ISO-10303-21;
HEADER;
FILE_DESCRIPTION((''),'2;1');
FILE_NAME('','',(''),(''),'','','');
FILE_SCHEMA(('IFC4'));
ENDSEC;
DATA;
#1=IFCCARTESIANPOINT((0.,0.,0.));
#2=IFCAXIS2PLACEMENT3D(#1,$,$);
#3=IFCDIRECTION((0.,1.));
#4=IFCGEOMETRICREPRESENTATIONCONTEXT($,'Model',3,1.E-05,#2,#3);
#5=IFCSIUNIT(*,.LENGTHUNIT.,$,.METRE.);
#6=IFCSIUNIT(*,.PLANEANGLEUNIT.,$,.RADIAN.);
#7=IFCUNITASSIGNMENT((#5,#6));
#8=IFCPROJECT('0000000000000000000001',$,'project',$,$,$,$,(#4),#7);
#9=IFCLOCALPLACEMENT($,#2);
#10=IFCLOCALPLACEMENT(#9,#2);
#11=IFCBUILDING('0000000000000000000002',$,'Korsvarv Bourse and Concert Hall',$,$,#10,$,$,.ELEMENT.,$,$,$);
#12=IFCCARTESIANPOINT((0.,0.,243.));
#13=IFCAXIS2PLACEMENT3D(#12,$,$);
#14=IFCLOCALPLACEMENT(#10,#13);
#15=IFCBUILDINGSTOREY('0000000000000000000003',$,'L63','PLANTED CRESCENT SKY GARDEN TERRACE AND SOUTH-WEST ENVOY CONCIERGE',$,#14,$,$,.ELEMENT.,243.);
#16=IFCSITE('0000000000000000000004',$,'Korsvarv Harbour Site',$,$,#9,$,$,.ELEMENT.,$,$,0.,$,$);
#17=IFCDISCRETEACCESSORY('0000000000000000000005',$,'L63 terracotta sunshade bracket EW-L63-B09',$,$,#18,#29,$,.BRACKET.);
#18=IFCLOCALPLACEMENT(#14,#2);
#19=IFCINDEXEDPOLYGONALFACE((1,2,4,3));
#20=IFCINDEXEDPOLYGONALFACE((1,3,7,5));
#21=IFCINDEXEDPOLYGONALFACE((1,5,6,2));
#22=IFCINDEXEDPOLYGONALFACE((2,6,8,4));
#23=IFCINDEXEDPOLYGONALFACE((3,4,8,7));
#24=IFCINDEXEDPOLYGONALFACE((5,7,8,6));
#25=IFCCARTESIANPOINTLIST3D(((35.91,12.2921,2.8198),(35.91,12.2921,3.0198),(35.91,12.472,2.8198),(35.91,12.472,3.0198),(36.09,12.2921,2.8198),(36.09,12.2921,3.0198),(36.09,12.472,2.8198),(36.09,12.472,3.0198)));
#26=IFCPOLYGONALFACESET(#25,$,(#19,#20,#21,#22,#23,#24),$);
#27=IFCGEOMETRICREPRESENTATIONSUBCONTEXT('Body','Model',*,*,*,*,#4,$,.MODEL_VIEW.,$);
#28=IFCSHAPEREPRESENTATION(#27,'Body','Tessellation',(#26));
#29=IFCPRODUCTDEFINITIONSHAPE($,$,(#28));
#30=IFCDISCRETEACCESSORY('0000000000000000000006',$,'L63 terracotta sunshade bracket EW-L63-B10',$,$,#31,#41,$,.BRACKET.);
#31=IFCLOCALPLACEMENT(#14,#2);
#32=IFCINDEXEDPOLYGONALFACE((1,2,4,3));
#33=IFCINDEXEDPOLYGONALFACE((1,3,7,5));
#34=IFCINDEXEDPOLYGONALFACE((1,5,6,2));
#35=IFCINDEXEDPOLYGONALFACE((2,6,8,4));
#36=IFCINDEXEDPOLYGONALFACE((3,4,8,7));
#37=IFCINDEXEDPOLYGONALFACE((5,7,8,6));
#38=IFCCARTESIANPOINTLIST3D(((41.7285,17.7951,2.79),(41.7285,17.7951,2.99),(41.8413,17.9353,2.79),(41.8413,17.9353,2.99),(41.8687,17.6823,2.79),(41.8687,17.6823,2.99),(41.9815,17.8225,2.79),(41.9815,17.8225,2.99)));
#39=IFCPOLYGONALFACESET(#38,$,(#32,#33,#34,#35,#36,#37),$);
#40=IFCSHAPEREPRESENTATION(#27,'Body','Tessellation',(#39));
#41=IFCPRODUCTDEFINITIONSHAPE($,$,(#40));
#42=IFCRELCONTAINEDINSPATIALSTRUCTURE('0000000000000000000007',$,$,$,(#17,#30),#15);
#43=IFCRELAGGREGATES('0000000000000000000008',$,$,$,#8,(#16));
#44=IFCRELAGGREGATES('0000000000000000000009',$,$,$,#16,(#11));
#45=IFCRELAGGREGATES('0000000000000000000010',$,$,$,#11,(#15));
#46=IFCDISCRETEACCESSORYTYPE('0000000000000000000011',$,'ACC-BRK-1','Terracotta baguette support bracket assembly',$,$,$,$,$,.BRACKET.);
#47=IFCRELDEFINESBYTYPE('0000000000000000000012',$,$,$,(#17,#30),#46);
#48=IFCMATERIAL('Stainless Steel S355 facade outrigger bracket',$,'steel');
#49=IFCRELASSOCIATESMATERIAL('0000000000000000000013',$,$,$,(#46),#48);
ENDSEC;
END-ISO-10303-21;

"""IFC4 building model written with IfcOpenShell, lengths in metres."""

from ifc_helpers import new_model, si_unit, direction, frame, origin, origin_2d, place, context, subcontext, project, spatial, rectangle, extrude, source, transform, mapped, material, type_object, element, save


model = new_model("IFC4")

# Units and contexts
model_context = context("Model", 3, precision=1e-05, world=origin(), true_north=direction((0.0, 1.0)))
body_context = subcontext(model_context, "Body", "Model", "MODEL_VIEW")
ifc_project = project(units=[si_unit("LENGTHUNIT", "METRE"), si_unit("PLANEANGLEUNIT", "RADIAN")], contexts=[model_context])

# Site, building, storey
site_placement = place(None, origin())
site = spatial("IfcSite", under=ifc_project, at=site_placement, Name="Korsvarv Harbour Site", CompositionType="ELEMENT", RefElevation=0.0)
building_placement = place(site_placement, origin())
building = spatial("IfcBuilding", under=site, at=building_placement, Name="Korsvarv Bourse and Concert Hall", CompositionType="ELEMENT")
storey_placement = place(building_placement, frame((0.0, 0.0, 243.0)))
storey = spatial("IfcBuildingStorey", under=building, at=storey_placement, Name="L63", Description="PLANTED CRESCENT SKY GARDEN TERRACE AND SOUTH-WEST ENVOY CONCIERGE", CompositionType="ELEMENT", Elevation=243.0)

# Discrete accessories
ifc_material_1 = material(Name="Stainless Steel S355 facade outrigger bracket", Category="steel")
discrete_accessory_type = type_object("IfcDiscreteAccessoryType", Name="ACC-BRK-1", Description="Terracotta baguette support bracket assembly", PredefinedType="BRACKET", material=ifc_material_1)
shared_shape_1 = source(origin(), body_context, "Body", "SweptSolid", [
    extrude(rectangle(XDim=0.1799, YDim=0.1799, at=origin_2d()), origin(), (0.0, 0.0, 1.0), 0.2),
])
for number, where, z_axis, x_axis, name in (
    (1, (36.0, 12.3821, 2.8198), (0.0, 0.0, 1.0), (1.0, 0.0, 0.0), "L63 terracotta sunshade bracket EW-L63-B09"),
    (2, (41.855, 17.8088, 2.79), (0.0, 0.0, 1.0), (0.626876, 0.779119, 0.0), "L63 terracotta sunshade bracket EW-L63-B10"),
):
    element("IfcDiscreteAccessory", number, at=place(storey_placement, frame(where, z_axis=z_axis, x_axis=x_axis)), inside=storey, type_object=discrete_accessory_type, Name=name, PredefinedType="BRACKET", context=body_context, shape_type="MappedRepresentation", body=[
        mapped(shared_shape_1, transform((0.0, 0.0, 0.0), scale=1.0)),
    ])

save(model, "model.ifc")
